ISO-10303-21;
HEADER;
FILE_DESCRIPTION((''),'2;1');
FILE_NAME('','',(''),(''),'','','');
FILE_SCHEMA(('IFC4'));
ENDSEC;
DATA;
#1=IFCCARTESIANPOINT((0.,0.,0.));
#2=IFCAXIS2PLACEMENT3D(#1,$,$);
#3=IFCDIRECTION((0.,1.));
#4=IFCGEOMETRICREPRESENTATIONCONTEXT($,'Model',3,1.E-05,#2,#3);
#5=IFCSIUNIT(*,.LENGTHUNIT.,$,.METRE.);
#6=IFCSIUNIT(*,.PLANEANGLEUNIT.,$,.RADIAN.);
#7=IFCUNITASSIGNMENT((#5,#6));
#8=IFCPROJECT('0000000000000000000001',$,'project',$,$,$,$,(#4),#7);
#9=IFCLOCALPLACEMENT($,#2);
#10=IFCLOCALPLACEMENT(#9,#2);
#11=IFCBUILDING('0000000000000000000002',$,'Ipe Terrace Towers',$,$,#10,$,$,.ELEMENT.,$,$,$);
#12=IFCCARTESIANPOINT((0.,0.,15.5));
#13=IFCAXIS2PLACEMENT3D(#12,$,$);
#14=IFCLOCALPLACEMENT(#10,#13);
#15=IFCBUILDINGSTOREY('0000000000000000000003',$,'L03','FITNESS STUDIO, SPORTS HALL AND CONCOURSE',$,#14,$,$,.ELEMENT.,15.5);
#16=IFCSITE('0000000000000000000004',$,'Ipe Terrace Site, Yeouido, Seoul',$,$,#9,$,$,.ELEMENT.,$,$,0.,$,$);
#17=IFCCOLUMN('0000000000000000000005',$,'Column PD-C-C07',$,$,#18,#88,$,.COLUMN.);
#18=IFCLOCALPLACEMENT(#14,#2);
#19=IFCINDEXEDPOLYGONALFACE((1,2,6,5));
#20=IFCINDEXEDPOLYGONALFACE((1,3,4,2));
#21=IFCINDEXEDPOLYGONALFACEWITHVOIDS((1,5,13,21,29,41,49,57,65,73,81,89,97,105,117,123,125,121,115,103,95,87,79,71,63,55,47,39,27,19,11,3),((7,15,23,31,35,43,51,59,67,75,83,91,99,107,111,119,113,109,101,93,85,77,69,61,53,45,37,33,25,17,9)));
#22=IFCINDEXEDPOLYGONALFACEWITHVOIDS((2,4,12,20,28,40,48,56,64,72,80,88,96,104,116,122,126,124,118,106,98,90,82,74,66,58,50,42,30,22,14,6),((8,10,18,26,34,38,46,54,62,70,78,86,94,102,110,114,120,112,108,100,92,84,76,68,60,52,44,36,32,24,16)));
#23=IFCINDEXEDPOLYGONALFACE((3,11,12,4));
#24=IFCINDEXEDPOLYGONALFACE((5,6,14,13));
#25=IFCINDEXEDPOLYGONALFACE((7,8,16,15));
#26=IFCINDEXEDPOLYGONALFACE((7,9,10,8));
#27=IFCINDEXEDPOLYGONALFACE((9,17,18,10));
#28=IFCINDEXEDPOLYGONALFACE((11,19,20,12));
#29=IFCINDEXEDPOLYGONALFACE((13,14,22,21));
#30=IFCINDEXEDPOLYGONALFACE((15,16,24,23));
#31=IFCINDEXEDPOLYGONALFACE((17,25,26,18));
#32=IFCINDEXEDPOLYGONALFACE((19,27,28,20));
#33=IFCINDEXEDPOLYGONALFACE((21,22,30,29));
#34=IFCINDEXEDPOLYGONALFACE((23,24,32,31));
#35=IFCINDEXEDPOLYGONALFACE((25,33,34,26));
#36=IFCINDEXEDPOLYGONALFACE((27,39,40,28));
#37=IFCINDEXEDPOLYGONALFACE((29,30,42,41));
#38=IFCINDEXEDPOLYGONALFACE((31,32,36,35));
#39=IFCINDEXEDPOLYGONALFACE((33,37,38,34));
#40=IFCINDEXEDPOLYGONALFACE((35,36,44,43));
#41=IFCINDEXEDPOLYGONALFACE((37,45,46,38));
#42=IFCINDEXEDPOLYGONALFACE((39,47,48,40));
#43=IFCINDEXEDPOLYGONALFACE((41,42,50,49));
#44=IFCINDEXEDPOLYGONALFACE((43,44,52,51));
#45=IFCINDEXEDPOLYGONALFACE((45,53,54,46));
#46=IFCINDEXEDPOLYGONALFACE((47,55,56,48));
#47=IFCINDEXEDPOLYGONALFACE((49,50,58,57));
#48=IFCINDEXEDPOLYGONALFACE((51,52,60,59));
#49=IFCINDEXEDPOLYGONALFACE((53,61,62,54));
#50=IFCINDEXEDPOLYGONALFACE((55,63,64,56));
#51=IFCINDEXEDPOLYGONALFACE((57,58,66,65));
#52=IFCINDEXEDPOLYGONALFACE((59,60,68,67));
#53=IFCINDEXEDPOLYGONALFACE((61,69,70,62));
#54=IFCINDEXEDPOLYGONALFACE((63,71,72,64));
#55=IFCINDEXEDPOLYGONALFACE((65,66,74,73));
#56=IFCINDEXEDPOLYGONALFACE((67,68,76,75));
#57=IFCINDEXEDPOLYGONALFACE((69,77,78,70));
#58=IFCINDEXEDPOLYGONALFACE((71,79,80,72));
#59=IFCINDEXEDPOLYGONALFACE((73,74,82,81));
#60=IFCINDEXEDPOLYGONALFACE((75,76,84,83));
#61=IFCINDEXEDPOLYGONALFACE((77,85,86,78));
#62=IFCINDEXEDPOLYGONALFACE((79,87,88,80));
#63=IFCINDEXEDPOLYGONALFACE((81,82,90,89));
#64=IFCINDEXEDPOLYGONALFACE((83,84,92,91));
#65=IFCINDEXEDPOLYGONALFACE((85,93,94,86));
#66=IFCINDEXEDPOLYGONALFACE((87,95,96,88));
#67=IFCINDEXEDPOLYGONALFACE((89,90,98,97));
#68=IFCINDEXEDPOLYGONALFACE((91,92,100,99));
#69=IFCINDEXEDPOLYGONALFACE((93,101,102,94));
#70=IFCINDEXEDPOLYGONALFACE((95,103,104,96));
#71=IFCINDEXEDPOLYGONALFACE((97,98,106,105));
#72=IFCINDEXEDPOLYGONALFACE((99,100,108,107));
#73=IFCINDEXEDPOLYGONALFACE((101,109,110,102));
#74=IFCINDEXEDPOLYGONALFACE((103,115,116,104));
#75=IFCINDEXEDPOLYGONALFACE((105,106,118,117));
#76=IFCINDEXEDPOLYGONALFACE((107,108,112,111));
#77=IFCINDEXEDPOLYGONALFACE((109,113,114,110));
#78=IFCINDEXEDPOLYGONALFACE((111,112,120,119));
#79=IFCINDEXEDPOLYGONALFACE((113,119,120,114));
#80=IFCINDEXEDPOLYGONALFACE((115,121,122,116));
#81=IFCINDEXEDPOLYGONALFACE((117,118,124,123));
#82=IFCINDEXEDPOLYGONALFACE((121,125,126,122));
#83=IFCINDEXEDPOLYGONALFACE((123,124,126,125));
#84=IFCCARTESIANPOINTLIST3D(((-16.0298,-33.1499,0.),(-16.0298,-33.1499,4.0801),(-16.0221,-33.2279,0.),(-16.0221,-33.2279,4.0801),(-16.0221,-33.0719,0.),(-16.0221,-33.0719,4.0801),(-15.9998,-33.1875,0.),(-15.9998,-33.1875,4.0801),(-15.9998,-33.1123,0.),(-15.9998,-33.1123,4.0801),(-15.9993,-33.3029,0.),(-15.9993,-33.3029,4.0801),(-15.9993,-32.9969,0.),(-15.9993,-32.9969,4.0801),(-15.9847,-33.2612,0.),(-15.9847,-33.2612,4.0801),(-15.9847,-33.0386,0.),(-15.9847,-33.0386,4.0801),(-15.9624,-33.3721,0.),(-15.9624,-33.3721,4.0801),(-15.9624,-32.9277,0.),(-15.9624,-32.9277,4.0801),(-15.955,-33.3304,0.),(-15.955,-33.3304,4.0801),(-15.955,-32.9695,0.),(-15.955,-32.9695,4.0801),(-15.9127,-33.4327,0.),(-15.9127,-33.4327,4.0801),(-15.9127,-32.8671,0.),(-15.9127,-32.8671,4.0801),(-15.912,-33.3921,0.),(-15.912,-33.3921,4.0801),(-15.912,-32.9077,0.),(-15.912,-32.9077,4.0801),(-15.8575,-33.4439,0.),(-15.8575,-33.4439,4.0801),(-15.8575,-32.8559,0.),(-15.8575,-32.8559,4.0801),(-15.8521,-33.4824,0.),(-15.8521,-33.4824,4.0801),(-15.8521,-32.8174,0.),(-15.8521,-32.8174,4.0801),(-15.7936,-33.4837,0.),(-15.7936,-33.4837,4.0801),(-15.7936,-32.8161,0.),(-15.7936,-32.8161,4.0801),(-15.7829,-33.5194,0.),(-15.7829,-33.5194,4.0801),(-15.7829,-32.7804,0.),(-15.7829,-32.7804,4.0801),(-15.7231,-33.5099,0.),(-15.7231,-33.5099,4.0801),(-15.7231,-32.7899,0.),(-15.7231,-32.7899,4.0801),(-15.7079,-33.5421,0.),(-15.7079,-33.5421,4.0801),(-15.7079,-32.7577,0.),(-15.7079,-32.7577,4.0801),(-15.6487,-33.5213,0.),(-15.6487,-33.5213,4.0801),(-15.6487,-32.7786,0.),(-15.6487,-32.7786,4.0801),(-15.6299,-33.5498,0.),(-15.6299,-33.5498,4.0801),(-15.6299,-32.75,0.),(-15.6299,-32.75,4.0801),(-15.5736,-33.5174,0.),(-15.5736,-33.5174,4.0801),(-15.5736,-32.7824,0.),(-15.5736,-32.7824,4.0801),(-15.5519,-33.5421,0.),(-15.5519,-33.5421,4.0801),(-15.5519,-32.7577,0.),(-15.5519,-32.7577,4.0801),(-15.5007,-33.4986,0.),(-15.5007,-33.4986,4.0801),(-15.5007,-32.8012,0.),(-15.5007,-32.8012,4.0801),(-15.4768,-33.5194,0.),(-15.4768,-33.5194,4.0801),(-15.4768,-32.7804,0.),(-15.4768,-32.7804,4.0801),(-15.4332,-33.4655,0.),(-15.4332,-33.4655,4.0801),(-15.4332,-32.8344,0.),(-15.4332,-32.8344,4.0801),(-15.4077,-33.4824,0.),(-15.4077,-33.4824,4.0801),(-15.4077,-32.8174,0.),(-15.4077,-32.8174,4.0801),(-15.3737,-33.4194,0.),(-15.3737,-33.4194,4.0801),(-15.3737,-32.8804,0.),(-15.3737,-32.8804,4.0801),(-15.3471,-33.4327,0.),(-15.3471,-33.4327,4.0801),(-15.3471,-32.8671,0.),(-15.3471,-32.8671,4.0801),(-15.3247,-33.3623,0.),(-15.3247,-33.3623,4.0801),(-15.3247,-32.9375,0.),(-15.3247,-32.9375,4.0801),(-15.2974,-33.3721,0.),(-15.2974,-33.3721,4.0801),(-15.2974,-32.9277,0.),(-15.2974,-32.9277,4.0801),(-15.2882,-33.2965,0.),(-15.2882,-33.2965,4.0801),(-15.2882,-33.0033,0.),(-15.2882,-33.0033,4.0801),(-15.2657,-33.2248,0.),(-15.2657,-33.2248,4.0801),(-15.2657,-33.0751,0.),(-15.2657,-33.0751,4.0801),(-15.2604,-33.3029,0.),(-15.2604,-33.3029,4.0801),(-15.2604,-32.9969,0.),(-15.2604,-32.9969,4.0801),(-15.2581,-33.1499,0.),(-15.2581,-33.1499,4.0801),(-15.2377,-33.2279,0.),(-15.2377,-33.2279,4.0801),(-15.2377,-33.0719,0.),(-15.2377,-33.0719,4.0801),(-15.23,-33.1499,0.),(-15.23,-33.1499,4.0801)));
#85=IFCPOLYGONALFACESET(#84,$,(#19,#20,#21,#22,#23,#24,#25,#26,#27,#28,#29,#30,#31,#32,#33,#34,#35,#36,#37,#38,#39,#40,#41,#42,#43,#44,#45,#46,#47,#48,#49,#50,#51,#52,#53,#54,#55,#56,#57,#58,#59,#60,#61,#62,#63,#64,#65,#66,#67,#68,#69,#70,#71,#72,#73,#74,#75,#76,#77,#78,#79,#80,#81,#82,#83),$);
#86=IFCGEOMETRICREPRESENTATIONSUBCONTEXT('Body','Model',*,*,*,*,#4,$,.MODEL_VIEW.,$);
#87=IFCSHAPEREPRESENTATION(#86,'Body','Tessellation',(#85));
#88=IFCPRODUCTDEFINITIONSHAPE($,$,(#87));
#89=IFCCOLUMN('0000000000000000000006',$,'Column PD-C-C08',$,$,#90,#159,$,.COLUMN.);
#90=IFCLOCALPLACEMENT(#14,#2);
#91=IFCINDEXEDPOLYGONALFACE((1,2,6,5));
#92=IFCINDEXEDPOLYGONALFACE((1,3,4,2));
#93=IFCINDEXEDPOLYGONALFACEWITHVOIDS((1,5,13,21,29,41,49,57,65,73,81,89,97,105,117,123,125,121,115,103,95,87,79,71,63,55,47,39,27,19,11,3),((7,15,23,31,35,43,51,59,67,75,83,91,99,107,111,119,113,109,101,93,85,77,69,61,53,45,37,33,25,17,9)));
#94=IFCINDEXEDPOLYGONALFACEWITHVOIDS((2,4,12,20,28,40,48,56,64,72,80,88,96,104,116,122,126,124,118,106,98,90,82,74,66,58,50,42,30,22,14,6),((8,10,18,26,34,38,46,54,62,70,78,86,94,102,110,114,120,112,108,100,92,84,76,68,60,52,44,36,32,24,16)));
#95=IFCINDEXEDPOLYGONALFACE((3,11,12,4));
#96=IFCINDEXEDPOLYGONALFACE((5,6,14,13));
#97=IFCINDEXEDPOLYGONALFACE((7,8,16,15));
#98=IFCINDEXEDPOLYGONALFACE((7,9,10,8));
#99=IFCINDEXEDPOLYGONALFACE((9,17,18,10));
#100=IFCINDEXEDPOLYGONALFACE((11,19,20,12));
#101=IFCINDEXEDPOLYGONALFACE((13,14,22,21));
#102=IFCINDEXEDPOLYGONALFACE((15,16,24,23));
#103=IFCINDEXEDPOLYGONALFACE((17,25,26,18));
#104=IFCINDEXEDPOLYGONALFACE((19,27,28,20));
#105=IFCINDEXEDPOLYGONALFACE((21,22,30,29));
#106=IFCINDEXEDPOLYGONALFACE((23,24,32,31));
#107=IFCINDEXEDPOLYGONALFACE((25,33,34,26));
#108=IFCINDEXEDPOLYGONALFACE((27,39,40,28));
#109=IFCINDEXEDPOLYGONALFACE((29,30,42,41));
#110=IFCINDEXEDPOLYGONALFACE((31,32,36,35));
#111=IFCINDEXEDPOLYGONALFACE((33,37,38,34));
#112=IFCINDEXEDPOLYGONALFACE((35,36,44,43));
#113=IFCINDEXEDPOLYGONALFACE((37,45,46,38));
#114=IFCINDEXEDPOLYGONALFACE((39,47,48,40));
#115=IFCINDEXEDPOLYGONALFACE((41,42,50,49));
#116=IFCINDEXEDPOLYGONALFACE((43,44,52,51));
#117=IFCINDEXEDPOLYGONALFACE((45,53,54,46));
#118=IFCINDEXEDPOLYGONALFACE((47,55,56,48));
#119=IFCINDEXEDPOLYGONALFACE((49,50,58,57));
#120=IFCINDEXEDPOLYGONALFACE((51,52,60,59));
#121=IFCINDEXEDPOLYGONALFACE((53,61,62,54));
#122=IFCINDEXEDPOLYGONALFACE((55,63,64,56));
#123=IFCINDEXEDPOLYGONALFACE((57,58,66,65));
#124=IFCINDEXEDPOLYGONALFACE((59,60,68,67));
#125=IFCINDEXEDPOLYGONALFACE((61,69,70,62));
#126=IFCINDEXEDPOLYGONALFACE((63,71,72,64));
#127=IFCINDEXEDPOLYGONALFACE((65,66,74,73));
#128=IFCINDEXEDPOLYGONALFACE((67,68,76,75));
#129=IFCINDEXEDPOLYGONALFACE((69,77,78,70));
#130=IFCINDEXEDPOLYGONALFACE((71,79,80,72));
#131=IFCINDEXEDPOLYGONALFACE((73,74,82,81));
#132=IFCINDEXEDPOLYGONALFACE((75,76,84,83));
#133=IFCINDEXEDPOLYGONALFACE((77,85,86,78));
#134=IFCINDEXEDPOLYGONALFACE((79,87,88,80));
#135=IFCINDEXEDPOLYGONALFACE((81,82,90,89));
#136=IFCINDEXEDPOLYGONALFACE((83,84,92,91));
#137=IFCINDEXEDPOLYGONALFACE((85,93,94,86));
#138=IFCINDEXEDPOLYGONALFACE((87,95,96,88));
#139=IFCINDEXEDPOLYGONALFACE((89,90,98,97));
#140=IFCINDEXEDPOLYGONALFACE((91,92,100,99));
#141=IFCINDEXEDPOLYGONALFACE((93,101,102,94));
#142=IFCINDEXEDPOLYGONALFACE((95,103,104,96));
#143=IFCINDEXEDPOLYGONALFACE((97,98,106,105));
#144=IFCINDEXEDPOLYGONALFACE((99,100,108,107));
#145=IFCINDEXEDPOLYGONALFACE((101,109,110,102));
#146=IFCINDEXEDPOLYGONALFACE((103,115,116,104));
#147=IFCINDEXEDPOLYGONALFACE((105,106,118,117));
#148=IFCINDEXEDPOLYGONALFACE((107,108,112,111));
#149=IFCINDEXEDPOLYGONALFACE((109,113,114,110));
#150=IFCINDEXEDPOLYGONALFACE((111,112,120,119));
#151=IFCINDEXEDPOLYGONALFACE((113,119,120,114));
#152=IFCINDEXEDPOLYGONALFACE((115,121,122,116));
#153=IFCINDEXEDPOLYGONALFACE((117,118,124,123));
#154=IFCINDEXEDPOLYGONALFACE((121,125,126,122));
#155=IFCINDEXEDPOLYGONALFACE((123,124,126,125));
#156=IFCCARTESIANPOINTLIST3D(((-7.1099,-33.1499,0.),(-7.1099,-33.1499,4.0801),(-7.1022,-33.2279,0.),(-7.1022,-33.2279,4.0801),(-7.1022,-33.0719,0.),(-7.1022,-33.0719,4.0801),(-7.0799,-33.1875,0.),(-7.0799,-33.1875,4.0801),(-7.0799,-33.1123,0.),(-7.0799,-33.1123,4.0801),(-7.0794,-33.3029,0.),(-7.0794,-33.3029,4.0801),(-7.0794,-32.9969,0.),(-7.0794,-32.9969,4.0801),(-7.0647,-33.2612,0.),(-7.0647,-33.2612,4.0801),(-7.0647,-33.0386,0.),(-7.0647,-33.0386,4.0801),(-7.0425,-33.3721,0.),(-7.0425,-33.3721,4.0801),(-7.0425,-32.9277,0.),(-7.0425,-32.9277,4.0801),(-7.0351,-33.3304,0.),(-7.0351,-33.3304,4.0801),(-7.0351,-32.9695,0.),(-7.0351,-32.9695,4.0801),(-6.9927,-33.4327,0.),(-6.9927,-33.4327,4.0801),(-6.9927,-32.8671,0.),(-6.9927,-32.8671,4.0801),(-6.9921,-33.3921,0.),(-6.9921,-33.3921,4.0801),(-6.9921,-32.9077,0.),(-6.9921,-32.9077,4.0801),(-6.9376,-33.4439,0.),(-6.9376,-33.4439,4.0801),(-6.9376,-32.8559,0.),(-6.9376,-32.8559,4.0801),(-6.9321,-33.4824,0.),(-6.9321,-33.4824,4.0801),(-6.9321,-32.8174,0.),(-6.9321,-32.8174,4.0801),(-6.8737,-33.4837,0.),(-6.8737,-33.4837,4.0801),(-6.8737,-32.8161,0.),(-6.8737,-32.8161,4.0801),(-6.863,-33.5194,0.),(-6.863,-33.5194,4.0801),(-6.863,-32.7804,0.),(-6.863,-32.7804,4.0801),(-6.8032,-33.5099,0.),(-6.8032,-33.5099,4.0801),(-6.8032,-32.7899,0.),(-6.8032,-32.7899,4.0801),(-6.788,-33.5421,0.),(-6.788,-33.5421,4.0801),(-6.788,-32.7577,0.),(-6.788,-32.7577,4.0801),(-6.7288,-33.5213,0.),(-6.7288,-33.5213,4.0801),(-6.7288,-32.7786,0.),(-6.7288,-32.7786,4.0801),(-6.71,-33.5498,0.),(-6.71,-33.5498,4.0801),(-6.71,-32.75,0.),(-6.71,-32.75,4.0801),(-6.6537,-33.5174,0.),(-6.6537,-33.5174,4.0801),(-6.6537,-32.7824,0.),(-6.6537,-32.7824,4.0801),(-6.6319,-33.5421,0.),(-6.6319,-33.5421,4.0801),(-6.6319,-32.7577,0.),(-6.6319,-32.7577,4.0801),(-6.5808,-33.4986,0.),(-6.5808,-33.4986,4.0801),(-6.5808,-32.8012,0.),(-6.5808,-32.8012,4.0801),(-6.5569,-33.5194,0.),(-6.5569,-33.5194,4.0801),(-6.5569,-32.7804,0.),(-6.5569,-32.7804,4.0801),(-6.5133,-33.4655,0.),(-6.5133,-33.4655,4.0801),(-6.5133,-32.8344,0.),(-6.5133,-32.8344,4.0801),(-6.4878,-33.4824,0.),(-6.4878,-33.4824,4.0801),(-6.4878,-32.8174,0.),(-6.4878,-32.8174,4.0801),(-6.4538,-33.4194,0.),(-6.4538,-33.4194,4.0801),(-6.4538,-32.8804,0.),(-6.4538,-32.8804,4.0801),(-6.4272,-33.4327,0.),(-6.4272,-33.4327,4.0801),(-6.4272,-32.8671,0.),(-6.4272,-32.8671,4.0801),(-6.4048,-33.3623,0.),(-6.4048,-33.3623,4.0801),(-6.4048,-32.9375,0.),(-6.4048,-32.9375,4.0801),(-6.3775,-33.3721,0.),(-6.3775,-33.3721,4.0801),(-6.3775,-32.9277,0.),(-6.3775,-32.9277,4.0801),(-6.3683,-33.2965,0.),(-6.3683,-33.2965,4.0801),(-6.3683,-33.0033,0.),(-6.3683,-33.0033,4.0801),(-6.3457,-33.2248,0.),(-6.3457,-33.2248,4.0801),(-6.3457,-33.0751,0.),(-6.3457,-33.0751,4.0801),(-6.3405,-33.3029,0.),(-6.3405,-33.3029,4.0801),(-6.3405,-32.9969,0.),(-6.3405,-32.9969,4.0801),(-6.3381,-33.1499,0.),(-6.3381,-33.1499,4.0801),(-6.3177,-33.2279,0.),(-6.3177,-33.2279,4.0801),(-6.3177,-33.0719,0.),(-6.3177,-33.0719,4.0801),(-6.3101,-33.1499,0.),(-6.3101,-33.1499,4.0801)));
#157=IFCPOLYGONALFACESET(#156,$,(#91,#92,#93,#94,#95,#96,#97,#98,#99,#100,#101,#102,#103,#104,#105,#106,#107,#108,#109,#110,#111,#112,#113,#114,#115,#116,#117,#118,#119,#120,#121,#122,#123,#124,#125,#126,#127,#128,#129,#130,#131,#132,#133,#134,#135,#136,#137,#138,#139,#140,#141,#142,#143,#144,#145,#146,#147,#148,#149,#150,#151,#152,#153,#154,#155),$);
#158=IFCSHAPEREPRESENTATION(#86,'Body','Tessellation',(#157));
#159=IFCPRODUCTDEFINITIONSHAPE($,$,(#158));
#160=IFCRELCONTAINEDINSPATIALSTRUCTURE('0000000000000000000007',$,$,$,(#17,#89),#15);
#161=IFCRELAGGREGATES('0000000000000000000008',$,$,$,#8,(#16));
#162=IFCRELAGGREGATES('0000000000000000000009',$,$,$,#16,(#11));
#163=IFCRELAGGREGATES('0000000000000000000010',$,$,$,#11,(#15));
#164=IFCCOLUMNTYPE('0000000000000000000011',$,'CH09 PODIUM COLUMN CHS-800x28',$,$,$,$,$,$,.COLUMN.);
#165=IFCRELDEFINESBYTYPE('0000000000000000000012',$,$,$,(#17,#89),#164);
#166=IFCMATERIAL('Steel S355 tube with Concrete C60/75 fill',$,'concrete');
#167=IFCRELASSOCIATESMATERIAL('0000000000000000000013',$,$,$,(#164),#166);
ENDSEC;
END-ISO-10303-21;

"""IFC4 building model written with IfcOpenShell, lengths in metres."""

from ifc_helpers import new_model, si_unit, direction, frame, origin, origin_2d, place, context, subcontext, project, spatial, hollow_circle, extrude, material, material_profile, profile_set, type_object, element, save


model = new_model("IFC4")

# Units and contexts
model_context = context("Model", 3, precision=1e-05, world=origin(), true_north=direction((0.0, 1.0)))
body_context = subcontext(model_context, "Body", "Model", "MODEL_VIEW")
ifc_project = project(units=[si_unit("LENGTHUNIT", "METRE"), si_unit("PLANEANGLEUNIT", "RADIAN")], contexts=[model_context])

# Site, building, storey
site_placement = place(None, origin())
site = spatial("IfcSite", under=ifc_project, at=site_placement, Name="Ipe Terrace Site, Yeouido, Seoul", CompositionType="ELEMENT", RefElevation=0.0)
building_placement = place(site_placement, origin())
building = spatial("IfcBuilding", under=site, at=building_placement, Name="Ipe Terrace Towers", CompositionType="ELEMENT")
storey_placement = place(building_placement, frame((0.0, 0.0, 15.5)))
storey = spatial("IfcBuildingStorey", under=building, at=storey_placement, Name="L03", Description="FITNESS STUDIO, SPORTS HALL AND CONCOURSE", CompositionType="ELEMENT", Elevation=15.5)

# Columns
ifc_material_1 = material(Name="Steel S355 tube with Concrete C60/75 fill", Category="concrete")
ifc_material_profile_1 = material_profile(ifc_material_1, hollow_circle(Radius=0.3999, WallThickness=0.0281, at=origin_2d()), Name="CHS-800x28")
ifc_profile_set_1 = profile_set([ifc_material_profile_1], Name="Steel S355 tube with Concrete C60/75 fill")
column_type = type_object("IfcColumnType", Name="CH09 PODIUM COLUMN CHS-800x28", PredefinedType="COLUMN", material=ifc_profile_set_1)
for number, where, z_axis, x_axis, name in (
    (1, (-15.6299, -33.1499, 0.0), (0.0, 0.0, 1.0), (1.0, 0.0, 0.0), "Column PD-C-C07"),
    (2, (-6.71, -33.1499, 0.0), (0.0, 0.0, 1.0), (1.0, 0.0, 0.0), "Column PD-C-C08"),
):
    element("IfcColumn", number, at=place(storey_placement, frame(where, z_axis=z_axis, x_axis=x_axis)), inside=storey, type_object=column_type, Name=name, PredefinedType="COLUMN", context=body_context, shape_type="SweptSolid", body=[
        extrude(hollow_circle(Radius=0.3999, WallThickness=0.0281, at=origin_2d()), origin(), (0.0, 0.0, 1.0), 4.0801),
    ])

save(model, "model.ifc")
